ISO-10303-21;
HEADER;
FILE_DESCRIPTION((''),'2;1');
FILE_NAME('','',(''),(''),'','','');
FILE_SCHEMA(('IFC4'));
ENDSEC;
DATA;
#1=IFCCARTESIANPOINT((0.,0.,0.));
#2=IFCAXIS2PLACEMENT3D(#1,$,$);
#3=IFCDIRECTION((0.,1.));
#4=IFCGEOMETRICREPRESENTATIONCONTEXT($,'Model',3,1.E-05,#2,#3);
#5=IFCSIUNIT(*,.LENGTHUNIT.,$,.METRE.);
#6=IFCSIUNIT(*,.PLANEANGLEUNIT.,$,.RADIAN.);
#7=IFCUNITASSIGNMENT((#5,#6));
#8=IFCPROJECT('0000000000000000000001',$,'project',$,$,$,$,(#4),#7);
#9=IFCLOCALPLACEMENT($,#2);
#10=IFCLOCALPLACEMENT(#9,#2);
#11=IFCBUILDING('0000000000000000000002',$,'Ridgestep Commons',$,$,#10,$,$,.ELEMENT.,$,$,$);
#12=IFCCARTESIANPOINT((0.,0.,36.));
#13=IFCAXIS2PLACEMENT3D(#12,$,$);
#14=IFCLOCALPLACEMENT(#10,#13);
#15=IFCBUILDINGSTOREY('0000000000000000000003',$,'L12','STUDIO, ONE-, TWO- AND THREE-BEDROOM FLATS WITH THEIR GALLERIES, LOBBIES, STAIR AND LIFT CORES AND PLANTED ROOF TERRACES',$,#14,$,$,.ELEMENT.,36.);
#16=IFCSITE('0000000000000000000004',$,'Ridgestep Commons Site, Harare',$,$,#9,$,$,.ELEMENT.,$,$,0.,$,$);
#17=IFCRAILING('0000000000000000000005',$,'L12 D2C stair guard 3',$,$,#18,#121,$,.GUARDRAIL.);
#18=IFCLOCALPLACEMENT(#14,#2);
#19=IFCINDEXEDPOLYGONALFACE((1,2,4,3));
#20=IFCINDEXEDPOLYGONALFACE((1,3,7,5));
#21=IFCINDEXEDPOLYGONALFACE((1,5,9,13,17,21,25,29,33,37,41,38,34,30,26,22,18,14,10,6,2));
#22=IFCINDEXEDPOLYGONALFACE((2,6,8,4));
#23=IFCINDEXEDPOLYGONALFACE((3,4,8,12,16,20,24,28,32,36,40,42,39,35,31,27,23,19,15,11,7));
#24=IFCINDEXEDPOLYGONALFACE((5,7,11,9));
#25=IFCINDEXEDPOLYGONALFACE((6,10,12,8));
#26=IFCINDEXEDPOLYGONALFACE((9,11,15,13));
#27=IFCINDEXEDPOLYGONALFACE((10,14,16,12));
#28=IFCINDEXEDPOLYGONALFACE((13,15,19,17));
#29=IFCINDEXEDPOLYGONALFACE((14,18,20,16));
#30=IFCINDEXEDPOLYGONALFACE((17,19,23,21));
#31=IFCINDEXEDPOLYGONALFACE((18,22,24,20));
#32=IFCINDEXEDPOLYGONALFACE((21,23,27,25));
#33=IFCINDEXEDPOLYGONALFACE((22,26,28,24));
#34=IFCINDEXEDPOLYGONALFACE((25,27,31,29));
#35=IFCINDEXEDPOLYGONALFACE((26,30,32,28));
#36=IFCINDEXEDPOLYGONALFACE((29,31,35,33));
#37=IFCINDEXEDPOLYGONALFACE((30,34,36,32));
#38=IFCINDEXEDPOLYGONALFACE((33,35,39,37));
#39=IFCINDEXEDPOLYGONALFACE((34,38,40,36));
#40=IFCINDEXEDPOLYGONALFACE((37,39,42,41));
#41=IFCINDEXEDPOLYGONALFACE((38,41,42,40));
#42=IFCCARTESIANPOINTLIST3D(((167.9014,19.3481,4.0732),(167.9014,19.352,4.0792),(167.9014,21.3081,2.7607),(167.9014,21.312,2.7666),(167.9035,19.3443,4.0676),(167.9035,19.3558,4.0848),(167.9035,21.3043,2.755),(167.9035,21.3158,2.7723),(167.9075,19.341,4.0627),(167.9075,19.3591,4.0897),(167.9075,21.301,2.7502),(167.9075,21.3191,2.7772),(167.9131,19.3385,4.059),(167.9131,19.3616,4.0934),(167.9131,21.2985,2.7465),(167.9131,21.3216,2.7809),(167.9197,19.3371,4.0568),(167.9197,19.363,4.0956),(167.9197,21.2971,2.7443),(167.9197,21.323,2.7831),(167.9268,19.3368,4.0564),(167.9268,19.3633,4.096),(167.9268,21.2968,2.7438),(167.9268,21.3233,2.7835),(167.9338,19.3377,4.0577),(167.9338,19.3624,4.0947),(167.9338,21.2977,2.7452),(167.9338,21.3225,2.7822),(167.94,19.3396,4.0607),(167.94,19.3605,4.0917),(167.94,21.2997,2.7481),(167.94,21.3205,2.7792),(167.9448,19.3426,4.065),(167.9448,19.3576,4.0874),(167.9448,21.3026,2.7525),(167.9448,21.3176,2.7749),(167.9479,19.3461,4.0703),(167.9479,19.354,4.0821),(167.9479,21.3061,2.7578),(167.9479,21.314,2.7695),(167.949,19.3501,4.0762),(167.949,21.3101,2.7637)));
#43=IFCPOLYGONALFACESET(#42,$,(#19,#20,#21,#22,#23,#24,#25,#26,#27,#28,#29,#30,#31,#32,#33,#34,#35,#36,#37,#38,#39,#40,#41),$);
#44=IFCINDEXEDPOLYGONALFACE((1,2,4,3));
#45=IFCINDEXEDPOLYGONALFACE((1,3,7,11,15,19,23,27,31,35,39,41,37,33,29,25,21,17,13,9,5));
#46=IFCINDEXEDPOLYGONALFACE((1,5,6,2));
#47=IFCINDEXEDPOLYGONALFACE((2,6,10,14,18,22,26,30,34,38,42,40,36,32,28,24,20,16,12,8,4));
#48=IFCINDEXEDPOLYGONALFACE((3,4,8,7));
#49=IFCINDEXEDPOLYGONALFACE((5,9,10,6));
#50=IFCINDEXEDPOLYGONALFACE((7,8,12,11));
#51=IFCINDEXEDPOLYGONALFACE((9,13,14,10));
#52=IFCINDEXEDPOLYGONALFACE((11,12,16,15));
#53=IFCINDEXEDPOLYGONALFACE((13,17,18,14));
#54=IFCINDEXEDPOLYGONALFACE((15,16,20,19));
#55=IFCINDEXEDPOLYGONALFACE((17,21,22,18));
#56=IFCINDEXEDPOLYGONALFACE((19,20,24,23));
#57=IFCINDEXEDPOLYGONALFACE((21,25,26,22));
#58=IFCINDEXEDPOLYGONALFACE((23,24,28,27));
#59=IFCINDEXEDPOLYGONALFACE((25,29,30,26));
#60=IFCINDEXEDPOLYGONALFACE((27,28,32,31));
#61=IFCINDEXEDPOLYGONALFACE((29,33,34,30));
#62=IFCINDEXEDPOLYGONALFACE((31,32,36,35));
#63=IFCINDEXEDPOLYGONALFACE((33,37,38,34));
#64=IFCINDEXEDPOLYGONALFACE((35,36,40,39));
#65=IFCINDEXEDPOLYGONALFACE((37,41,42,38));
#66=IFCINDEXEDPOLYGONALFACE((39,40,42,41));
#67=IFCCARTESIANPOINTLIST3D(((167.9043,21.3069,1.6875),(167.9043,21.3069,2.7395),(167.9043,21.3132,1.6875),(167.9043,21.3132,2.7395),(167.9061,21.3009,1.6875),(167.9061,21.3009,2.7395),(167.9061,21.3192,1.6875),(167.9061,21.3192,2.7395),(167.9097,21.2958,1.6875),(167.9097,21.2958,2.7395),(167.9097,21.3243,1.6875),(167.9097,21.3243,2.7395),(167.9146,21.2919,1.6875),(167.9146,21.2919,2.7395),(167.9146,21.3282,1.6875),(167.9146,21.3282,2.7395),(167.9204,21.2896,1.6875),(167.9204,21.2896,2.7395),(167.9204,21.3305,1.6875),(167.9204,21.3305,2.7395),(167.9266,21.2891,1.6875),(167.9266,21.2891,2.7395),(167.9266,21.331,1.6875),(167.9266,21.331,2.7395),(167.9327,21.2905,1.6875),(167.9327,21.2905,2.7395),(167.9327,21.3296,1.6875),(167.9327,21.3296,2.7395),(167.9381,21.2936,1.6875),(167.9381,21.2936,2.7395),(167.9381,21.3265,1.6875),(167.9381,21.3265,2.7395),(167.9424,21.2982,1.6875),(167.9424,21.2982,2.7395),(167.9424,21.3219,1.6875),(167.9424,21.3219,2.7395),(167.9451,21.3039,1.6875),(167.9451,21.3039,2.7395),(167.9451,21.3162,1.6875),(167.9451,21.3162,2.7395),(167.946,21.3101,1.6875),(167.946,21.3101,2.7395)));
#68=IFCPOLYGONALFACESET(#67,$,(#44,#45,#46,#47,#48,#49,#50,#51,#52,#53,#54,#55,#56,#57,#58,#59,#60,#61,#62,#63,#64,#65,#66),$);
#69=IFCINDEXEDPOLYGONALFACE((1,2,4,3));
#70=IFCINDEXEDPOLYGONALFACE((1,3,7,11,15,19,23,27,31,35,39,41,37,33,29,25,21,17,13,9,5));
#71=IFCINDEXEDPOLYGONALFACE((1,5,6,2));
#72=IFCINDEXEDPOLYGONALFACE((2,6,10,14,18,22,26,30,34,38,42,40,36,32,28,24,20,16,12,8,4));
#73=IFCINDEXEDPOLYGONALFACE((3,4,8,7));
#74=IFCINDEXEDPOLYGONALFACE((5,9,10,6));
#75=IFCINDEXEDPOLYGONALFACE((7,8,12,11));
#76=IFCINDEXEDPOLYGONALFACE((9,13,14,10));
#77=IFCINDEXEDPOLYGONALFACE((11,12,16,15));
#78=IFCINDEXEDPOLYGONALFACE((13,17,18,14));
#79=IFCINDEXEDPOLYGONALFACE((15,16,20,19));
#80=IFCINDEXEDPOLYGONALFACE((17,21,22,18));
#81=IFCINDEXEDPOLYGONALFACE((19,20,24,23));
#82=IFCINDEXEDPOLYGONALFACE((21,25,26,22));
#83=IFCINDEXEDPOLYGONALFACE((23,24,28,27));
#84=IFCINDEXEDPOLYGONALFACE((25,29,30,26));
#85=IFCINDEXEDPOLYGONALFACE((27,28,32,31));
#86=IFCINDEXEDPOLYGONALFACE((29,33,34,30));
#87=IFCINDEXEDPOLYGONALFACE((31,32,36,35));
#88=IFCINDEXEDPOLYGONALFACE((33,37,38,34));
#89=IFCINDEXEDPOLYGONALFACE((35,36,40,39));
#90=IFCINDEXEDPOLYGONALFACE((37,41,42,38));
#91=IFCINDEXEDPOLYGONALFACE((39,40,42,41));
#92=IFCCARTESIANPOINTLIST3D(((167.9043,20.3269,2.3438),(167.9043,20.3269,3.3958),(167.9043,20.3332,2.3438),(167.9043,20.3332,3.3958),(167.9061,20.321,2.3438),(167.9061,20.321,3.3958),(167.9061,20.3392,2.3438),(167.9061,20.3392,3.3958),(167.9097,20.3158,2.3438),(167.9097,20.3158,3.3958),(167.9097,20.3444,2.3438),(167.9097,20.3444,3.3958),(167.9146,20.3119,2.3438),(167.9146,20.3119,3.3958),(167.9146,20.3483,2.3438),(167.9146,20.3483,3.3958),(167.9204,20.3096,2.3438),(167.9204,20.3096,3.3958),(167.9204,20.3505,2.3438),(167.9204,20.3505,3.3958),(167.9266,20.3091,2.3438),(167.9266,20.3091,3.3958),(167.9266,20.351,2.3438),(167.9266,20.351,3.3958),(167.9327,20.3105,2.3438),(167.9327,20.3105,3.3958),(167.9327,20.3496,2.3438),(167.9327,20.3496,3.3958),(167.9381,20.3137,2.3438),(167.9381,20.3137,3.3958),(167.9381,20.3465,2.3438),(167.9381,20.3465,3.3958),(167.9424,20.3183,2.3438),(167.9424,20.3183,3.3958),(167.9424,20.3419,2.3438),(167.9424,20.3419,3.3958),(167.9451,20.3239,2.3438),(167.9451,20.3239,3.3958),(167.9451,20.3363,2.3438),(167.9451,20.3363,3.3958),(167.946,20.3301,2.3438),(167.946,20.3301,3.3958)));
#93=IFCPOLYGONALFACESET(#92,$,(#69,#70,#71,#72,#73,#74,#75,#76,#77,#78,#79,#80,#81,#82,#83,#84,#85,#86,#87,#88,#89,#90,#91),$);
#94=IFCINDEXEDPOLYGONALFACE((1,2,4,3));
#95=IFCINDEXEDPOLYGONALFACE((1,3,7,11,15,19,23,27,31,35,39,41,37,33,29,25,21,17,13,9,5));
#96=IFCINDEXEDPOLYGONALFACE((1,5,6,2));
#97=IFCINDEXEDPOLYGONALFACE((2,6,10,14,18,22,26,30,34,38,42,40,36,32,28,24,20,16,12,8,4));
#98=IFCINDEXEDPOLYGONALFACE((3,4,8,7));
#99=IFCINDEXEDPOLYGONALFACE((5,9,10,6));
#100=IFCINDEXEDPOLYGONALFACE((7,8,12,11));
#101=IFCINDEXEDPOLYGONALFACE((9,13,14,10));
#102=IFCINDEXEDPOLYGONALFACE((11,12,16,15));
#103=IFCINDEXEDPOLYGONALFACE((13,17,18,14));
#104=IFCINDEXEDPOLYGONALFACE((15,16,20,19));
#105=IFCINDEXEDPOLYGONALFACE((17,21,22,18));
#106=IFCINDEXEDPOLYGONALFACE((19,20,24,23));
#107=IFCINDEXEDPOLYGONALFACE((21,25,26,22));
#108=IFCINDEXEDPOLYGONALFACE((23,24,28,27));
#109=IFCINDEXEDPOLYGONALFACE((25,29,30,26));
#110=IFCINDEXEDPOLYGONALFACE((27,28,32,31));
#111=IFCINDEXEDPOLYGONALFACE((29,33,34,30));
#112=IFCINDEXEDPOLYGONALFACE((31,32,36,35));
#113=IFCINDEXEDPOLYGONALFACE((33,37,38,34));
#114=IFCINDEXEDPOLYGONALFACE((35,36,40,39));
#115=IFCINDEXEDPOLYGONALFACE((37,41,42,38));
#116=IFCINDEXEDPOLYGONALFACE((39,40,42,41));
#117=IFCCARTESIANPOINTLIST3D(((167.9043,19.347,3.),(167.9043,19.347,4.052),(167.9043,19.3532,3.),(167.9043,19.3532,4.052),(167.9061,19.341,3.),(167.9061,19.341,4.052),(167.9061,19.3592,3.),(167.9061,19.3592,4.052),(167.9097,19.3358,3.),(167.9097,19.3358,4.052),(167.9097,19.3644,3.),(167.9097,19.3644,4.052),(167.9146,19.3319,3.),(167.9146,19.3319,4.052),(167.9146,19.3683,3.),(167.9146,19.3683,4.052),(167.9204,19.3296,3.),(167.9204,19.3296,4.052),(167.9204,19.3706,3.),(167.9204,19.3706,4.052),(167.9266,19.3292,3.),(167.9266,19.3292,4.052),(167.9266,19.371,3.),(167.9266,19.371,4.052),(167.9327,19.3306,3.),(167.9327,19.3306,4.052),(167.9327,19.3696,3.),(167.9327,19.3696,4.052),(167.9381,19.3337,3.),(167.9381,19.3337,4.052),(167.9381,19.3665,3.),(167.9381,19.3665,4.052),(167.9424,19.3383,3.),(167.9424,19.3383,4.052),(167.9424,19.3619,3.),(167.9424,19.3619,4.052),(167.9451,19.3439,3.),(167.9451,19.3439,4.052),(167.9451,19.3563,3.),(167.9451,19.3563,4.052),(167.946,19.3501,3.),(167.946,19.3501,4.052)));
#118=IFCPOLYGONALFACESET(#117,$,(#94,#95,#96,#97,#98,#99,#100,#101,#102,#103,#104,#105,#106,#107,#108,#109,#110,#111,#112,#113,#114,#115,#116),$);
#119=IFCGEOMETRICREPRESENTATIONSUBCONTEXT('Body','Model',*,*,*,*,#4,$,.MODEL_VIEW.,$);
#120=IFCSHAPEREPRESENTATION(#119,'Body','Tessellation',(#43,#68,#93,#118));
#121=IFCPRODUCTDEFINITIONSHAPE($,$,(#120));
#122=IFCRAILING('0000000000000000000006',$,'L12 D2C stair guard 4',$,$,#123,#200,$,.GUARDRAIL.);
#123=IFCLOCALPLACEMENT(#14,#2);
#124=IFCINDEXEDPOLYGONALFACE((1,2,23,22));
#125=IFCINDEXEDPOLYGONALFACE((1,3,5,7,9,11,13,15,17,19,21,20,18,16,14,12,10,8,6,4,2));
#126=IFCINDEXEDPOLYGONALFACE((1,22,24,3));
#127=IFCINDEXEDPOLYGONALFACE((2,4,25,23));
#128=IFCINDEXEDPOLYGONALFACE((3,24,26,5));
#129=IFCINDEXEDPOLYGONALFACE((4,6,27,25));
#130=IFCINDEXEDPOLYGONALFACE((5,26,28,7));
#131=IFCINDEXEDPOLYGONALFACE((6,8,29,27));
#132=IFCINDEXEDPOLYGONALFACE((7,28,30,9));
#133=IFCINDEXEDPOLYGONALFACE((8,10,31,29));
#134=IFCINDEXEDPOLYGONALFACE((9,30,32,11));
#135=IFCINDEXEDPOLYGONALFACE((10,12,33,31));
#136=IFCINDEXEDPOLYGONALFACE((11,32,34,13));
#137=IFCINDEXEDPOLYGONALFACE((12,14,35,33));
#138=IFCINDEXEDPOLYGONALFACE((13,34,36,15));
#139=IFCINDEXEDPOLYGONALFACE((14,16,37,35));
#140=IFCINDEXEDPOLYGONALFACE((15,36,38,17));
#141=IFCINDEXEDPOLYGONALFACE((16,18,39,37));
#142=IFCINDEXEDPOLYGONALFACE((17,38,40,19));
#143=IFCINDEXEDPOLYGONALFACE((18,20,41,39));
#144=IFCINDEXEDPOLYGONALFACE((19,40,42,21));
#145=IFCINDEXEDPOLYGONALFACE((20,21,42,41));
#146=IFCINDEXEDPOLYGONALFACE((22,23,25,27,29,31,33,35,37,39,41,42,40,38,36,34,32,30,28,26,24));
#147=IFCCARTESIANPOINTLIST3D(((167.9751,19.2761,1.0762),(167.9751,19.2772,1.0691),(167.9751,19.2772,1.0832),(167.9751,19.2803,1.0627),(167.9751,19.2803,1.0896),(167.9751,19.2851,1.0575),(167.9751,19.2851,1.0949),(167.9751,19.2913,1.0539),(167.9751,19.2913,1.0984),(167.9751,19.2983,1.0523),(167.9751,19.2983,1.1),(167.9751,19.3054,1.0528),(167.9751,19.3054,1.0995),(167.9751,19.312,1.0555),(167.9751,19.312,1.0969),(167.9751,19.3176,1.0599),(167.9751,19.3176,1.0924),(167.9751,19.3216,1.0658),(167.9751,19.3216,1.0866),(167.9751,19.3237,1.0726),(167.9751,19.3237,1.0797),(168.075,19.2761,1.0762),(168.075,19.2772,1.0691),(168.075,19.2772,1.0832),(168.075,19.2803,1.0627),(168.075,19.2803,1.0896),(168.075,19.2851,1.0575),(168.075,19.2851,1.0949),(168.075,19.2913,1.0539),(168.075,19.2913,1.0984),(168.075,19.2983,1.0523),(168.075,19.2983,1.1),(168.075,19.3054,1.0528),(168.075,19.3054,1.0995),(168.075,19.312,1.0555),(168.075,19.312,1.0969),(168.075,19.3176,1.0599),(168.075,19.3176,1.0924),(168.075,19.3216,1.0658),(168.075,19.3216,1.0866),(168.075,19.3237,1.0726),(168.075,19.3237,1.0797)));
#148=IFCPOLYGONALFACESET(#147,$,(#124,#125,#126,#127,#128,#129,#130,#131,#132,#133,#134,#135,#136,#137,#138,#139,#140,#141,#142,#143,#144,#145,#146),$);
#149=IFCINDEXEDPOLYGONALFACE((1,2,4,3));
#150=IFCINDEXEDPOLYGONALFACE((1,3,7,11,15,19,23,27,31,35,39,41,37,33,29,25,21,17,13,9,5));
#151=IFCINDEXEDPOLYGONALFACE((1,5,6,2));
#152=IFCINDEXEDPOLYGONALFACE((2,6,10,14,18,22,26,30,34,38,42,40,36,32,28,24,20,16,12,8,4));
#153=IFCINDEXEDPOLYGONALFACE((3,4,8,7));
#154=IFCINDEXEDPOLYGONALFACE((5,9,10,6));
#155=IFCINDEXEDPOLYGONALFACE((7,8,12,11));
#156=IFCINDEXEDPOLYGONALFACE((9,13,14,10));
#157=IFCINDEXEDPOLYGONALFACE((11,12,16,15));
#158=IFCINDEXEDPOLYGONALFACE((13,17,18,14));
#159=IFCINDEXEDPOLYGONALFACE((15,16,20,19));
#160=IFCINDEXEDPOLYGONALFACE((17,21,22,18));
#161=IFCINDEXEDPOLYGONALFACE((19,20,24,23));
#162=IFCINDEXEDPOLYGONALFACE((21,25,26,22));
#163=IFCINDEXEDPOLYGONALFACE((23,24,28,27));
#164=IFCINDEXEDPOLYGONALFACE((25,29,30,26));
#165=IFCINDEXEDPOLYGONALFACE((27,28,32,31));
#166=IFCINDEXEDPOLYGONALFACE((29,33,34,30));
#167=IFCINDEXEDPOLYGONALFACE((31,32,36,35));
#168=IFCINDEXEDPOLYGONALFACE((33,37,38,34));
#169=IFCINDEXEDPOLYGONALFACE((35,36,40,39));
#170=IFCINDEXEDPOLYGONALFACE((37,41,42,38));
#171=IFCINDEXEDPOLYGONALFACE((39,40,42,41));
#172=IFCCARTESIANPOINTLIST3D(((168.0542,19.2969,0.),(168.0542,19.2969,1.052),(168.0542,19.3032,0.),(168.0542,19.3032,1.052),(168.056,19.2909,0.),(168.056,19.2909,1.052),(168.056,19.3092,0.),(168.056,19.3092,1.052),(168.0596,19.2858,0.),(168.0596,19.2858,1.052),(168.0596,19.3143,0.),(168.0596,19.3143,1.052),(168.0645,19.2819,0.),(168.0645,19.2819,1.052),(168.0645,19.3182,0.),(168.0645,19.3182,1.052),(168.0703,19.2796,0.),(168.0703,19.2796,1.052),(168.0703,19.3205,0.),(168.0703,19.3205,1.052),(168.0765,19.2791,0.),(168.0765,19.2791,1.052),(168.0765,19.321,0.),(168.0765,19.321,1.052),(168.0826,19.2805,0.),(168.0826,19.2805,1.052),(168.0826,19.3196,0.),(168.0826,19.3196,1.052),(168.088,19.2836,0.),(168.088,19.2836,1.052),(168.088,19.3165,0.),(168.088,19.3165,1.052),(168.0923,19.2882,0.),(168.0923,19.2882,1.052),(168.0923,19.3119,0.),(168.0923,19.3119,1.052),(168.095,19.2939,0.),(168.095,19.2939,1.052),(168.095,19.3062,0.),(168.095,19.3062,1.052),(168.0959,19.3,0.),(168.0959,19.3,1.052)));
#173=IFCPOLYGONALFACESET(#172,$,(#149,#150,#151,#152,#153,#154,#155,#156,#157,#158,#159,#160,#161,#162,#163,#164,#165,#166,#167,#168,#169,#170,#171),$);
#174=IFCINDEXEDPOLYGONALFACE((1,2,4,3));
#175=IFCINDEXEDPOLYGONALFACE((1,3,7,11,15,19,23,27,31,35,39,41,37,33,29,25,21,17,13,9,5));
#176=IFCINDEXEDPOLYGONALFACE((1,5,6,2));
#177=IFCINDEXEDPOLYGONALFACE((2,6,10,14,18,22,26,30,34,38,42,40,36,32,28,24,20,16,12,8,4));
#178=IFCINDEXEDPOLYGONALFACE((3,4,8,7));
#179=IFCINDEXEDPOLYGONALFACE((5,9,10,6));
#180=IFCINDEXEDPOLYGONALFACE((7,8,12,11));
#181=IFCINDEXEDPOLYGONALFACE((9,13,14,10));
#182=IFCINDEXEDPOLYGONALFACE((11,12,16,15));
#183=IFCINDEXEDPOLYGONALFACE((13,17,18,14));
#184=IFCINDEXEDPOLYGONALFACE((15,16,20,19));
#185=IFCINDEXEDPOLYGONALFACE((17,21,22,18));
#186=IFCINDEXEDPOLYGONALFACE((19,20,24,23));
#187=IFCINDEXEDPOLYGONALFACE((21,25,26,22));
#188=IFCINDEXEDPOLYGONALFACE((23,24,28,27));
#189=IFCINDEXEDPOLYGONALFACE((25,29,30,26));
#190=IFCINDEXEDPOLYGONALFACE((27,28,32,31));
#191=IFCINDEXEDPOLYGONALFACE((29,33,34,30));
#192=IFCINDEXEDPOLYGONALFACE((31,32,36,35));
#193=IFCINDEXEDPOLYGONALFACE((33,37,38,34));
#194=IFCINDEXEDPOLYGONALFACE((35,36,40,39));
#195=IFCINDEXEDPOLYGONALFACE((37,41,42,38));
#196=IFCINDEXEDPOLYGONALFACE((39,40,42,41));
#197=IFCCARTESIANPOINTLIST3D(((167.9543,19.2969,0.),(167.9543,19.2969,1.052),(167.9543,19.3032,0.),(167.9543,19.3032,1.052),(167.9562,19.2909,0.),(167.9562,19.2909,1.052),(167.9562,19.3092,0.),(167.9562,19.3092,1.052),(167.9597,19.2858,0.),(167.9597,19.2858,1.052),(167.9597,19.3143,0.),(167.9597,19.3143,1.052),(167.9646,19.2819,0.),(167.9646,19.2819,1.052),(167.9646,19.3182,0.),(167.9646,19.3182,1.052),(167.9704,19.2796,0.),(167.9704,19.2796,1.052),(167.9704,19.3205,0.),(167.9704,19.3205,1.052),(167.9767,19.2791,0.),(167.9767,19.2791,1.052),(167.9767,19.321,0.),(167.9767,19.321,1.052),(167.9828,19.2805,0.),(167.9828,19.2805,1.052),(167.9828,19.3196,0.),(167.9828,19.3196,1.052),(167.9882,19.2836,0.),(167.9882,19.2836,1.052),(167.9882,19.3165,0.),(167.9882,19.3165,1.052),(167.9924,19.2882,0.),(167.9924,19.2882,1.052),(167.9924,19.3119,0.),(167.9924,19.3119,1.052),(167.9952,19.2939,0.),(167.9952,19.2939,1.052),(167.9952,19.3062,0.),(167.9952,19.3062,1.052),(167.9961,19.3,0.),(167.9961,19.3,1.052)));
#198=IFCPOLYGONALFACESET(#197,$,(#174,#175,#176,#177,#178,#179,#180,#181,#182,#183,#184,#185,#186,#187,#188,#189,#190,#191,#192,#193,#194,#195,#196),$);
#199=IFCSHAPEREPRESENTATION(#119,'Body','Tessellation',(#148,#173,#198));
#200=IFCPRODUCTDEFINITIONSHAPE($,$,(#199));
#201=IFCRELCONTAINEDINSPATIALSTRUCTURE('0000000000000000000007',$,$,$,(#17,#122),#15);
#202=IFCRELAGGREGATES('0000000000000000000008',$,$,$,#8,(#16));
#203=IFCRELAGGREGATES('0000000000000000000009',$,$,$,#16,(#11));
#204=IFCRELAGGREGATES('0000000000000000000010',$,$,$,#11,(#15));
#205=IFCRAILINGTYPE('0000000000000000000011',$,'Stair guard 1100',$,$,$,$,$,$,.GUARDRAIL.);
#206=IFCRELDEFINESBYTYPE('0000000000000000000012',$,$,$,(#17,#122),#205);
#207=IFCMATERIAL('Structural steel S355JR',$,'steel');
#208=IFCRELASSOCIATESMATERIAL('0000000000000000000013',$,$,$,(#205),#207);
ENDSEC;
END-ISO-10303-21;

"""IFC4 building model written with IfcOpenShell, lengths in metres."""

from ifc_helpers import new_model, si_unit, direction, frame, origin, origin_2d, place, context, subcontext, project, spatial, circle, extrude, material, type_object, element, save


model = new_model("IFC4")

# Units and contexts
model_context = context("Model", 3, precision=1e-05, world=origin(), true_north=direction((0.0, 1.0)))
body_context = subcontext(model_context, "Body", "Model", "MODEL_VIEW")
ifc_project = project(units=[si_unit("LENGTHUNIT", "METRE"), si_unit("PLANEANGLEUNIT", "RADIAN")], contexts=[model_context])

# Site, building, storey
site_placement = place(None, origin())
site = spatial("IfcSite", under=ifc_project, at=site_placement, Name="Ridgestep Commons Site, Harare", CompositionType="ELEMENT", RefElevation=0.0)
building_placement = place(site_placement, origin())
building = spatial("IfcBuilding", under=site, at=building_placement, Name="Ridgestep Commons", CompositionType="ELEMENT")
storey_placement = place(building_placement, frame((0.0, 0.0, 36.0)))
storey = spatial("IfcBuildingStorey", under=building, at=storey_placement, Name="L12", Description="STUDIO, ONE-, TWO- AND THREE-BEDROOM FLATS WITH THEIR GALLERIES, LOBBIES, STAIR AND LIFT CORES AND PLANTED ROOF TERRACES", CompositionType="ELEMENT", Elevation=36.0)

# Railings
ifc_material_1 = material(Name="Structural steel S355JR", Category="steel")
railing_type_1 = type_object("IfcRailingType", Name="Stair guard 1100", PredefinedType="GUARDRAIL", material=ifc_material_1)
railing_1_placement = place(storey_placement, frame((167.925, 21.3101, 1.6875)))
element("IfcRailing", 1, at=railing_1_placement, inside=storey, type_object=railing_type_1, Name="L12 D2C stair guard 3", PredefinedType="GUARDRAIL", context=body_context, shape_type="SweptSolid", body=[
    extrude(circle(Radius=0.0239, at=origin_2d()), frame((0.0, 0.0, 1.0762), z_axis=(0.0, -0.830902, 0.556419), x_axis=(1.0, 0.0, 0.0)), (0.0, 0.0, 1.0), 2.3589),
    extrude(circle(Radius=0.021, at=origin_2d()), origin(), (0.0, 0.0, 1.0), 1.052),
    extrude(circle(Radius=0.021, at=origin_2d()), frame((0.0, -0.98, 0.6562)), (0.0, 0.0, 1.0), 1.052),
    extrude(circle(Radius=0.021, at=origin_2d()), frame((0.0, -1.96, 1.3125)), (0.0, 0.0, 1.0), 1.052),
])
railing_2_placement = place(storey_placement, frame((168.075, 19.3, 0.0)))
element("IfcRailing", 2, at=railing_2_placement, inside=storey, type_object=railing_type_1, Name="L12 D2C stair guard 4", PredefinedType="GUARDRAIL", context=body_context, shape_type="SweptSolid", body=[
    extrude(circle(Radius=0.0239, at=origin_2d()), frame((0.0, 0.0, 1.0762), z_axis=(-1.0, 0.0, 0.0), x_axis=(0.0, -1.0, 0.0)), (0.0, 0.0, 1.0), 0.0999),
    extrude(circle(Radius=0.021, at=origin_2d()), origin(), (0.0, 0.0, 1.0), 1.052),
    extrude(circle(Radius=0.021, at=origin_2d()), frame((-0.0999, 0.0, 0.0)), (0.0, 0.0, 1.0), 1.052),
])

save(model, "model.ifc")
